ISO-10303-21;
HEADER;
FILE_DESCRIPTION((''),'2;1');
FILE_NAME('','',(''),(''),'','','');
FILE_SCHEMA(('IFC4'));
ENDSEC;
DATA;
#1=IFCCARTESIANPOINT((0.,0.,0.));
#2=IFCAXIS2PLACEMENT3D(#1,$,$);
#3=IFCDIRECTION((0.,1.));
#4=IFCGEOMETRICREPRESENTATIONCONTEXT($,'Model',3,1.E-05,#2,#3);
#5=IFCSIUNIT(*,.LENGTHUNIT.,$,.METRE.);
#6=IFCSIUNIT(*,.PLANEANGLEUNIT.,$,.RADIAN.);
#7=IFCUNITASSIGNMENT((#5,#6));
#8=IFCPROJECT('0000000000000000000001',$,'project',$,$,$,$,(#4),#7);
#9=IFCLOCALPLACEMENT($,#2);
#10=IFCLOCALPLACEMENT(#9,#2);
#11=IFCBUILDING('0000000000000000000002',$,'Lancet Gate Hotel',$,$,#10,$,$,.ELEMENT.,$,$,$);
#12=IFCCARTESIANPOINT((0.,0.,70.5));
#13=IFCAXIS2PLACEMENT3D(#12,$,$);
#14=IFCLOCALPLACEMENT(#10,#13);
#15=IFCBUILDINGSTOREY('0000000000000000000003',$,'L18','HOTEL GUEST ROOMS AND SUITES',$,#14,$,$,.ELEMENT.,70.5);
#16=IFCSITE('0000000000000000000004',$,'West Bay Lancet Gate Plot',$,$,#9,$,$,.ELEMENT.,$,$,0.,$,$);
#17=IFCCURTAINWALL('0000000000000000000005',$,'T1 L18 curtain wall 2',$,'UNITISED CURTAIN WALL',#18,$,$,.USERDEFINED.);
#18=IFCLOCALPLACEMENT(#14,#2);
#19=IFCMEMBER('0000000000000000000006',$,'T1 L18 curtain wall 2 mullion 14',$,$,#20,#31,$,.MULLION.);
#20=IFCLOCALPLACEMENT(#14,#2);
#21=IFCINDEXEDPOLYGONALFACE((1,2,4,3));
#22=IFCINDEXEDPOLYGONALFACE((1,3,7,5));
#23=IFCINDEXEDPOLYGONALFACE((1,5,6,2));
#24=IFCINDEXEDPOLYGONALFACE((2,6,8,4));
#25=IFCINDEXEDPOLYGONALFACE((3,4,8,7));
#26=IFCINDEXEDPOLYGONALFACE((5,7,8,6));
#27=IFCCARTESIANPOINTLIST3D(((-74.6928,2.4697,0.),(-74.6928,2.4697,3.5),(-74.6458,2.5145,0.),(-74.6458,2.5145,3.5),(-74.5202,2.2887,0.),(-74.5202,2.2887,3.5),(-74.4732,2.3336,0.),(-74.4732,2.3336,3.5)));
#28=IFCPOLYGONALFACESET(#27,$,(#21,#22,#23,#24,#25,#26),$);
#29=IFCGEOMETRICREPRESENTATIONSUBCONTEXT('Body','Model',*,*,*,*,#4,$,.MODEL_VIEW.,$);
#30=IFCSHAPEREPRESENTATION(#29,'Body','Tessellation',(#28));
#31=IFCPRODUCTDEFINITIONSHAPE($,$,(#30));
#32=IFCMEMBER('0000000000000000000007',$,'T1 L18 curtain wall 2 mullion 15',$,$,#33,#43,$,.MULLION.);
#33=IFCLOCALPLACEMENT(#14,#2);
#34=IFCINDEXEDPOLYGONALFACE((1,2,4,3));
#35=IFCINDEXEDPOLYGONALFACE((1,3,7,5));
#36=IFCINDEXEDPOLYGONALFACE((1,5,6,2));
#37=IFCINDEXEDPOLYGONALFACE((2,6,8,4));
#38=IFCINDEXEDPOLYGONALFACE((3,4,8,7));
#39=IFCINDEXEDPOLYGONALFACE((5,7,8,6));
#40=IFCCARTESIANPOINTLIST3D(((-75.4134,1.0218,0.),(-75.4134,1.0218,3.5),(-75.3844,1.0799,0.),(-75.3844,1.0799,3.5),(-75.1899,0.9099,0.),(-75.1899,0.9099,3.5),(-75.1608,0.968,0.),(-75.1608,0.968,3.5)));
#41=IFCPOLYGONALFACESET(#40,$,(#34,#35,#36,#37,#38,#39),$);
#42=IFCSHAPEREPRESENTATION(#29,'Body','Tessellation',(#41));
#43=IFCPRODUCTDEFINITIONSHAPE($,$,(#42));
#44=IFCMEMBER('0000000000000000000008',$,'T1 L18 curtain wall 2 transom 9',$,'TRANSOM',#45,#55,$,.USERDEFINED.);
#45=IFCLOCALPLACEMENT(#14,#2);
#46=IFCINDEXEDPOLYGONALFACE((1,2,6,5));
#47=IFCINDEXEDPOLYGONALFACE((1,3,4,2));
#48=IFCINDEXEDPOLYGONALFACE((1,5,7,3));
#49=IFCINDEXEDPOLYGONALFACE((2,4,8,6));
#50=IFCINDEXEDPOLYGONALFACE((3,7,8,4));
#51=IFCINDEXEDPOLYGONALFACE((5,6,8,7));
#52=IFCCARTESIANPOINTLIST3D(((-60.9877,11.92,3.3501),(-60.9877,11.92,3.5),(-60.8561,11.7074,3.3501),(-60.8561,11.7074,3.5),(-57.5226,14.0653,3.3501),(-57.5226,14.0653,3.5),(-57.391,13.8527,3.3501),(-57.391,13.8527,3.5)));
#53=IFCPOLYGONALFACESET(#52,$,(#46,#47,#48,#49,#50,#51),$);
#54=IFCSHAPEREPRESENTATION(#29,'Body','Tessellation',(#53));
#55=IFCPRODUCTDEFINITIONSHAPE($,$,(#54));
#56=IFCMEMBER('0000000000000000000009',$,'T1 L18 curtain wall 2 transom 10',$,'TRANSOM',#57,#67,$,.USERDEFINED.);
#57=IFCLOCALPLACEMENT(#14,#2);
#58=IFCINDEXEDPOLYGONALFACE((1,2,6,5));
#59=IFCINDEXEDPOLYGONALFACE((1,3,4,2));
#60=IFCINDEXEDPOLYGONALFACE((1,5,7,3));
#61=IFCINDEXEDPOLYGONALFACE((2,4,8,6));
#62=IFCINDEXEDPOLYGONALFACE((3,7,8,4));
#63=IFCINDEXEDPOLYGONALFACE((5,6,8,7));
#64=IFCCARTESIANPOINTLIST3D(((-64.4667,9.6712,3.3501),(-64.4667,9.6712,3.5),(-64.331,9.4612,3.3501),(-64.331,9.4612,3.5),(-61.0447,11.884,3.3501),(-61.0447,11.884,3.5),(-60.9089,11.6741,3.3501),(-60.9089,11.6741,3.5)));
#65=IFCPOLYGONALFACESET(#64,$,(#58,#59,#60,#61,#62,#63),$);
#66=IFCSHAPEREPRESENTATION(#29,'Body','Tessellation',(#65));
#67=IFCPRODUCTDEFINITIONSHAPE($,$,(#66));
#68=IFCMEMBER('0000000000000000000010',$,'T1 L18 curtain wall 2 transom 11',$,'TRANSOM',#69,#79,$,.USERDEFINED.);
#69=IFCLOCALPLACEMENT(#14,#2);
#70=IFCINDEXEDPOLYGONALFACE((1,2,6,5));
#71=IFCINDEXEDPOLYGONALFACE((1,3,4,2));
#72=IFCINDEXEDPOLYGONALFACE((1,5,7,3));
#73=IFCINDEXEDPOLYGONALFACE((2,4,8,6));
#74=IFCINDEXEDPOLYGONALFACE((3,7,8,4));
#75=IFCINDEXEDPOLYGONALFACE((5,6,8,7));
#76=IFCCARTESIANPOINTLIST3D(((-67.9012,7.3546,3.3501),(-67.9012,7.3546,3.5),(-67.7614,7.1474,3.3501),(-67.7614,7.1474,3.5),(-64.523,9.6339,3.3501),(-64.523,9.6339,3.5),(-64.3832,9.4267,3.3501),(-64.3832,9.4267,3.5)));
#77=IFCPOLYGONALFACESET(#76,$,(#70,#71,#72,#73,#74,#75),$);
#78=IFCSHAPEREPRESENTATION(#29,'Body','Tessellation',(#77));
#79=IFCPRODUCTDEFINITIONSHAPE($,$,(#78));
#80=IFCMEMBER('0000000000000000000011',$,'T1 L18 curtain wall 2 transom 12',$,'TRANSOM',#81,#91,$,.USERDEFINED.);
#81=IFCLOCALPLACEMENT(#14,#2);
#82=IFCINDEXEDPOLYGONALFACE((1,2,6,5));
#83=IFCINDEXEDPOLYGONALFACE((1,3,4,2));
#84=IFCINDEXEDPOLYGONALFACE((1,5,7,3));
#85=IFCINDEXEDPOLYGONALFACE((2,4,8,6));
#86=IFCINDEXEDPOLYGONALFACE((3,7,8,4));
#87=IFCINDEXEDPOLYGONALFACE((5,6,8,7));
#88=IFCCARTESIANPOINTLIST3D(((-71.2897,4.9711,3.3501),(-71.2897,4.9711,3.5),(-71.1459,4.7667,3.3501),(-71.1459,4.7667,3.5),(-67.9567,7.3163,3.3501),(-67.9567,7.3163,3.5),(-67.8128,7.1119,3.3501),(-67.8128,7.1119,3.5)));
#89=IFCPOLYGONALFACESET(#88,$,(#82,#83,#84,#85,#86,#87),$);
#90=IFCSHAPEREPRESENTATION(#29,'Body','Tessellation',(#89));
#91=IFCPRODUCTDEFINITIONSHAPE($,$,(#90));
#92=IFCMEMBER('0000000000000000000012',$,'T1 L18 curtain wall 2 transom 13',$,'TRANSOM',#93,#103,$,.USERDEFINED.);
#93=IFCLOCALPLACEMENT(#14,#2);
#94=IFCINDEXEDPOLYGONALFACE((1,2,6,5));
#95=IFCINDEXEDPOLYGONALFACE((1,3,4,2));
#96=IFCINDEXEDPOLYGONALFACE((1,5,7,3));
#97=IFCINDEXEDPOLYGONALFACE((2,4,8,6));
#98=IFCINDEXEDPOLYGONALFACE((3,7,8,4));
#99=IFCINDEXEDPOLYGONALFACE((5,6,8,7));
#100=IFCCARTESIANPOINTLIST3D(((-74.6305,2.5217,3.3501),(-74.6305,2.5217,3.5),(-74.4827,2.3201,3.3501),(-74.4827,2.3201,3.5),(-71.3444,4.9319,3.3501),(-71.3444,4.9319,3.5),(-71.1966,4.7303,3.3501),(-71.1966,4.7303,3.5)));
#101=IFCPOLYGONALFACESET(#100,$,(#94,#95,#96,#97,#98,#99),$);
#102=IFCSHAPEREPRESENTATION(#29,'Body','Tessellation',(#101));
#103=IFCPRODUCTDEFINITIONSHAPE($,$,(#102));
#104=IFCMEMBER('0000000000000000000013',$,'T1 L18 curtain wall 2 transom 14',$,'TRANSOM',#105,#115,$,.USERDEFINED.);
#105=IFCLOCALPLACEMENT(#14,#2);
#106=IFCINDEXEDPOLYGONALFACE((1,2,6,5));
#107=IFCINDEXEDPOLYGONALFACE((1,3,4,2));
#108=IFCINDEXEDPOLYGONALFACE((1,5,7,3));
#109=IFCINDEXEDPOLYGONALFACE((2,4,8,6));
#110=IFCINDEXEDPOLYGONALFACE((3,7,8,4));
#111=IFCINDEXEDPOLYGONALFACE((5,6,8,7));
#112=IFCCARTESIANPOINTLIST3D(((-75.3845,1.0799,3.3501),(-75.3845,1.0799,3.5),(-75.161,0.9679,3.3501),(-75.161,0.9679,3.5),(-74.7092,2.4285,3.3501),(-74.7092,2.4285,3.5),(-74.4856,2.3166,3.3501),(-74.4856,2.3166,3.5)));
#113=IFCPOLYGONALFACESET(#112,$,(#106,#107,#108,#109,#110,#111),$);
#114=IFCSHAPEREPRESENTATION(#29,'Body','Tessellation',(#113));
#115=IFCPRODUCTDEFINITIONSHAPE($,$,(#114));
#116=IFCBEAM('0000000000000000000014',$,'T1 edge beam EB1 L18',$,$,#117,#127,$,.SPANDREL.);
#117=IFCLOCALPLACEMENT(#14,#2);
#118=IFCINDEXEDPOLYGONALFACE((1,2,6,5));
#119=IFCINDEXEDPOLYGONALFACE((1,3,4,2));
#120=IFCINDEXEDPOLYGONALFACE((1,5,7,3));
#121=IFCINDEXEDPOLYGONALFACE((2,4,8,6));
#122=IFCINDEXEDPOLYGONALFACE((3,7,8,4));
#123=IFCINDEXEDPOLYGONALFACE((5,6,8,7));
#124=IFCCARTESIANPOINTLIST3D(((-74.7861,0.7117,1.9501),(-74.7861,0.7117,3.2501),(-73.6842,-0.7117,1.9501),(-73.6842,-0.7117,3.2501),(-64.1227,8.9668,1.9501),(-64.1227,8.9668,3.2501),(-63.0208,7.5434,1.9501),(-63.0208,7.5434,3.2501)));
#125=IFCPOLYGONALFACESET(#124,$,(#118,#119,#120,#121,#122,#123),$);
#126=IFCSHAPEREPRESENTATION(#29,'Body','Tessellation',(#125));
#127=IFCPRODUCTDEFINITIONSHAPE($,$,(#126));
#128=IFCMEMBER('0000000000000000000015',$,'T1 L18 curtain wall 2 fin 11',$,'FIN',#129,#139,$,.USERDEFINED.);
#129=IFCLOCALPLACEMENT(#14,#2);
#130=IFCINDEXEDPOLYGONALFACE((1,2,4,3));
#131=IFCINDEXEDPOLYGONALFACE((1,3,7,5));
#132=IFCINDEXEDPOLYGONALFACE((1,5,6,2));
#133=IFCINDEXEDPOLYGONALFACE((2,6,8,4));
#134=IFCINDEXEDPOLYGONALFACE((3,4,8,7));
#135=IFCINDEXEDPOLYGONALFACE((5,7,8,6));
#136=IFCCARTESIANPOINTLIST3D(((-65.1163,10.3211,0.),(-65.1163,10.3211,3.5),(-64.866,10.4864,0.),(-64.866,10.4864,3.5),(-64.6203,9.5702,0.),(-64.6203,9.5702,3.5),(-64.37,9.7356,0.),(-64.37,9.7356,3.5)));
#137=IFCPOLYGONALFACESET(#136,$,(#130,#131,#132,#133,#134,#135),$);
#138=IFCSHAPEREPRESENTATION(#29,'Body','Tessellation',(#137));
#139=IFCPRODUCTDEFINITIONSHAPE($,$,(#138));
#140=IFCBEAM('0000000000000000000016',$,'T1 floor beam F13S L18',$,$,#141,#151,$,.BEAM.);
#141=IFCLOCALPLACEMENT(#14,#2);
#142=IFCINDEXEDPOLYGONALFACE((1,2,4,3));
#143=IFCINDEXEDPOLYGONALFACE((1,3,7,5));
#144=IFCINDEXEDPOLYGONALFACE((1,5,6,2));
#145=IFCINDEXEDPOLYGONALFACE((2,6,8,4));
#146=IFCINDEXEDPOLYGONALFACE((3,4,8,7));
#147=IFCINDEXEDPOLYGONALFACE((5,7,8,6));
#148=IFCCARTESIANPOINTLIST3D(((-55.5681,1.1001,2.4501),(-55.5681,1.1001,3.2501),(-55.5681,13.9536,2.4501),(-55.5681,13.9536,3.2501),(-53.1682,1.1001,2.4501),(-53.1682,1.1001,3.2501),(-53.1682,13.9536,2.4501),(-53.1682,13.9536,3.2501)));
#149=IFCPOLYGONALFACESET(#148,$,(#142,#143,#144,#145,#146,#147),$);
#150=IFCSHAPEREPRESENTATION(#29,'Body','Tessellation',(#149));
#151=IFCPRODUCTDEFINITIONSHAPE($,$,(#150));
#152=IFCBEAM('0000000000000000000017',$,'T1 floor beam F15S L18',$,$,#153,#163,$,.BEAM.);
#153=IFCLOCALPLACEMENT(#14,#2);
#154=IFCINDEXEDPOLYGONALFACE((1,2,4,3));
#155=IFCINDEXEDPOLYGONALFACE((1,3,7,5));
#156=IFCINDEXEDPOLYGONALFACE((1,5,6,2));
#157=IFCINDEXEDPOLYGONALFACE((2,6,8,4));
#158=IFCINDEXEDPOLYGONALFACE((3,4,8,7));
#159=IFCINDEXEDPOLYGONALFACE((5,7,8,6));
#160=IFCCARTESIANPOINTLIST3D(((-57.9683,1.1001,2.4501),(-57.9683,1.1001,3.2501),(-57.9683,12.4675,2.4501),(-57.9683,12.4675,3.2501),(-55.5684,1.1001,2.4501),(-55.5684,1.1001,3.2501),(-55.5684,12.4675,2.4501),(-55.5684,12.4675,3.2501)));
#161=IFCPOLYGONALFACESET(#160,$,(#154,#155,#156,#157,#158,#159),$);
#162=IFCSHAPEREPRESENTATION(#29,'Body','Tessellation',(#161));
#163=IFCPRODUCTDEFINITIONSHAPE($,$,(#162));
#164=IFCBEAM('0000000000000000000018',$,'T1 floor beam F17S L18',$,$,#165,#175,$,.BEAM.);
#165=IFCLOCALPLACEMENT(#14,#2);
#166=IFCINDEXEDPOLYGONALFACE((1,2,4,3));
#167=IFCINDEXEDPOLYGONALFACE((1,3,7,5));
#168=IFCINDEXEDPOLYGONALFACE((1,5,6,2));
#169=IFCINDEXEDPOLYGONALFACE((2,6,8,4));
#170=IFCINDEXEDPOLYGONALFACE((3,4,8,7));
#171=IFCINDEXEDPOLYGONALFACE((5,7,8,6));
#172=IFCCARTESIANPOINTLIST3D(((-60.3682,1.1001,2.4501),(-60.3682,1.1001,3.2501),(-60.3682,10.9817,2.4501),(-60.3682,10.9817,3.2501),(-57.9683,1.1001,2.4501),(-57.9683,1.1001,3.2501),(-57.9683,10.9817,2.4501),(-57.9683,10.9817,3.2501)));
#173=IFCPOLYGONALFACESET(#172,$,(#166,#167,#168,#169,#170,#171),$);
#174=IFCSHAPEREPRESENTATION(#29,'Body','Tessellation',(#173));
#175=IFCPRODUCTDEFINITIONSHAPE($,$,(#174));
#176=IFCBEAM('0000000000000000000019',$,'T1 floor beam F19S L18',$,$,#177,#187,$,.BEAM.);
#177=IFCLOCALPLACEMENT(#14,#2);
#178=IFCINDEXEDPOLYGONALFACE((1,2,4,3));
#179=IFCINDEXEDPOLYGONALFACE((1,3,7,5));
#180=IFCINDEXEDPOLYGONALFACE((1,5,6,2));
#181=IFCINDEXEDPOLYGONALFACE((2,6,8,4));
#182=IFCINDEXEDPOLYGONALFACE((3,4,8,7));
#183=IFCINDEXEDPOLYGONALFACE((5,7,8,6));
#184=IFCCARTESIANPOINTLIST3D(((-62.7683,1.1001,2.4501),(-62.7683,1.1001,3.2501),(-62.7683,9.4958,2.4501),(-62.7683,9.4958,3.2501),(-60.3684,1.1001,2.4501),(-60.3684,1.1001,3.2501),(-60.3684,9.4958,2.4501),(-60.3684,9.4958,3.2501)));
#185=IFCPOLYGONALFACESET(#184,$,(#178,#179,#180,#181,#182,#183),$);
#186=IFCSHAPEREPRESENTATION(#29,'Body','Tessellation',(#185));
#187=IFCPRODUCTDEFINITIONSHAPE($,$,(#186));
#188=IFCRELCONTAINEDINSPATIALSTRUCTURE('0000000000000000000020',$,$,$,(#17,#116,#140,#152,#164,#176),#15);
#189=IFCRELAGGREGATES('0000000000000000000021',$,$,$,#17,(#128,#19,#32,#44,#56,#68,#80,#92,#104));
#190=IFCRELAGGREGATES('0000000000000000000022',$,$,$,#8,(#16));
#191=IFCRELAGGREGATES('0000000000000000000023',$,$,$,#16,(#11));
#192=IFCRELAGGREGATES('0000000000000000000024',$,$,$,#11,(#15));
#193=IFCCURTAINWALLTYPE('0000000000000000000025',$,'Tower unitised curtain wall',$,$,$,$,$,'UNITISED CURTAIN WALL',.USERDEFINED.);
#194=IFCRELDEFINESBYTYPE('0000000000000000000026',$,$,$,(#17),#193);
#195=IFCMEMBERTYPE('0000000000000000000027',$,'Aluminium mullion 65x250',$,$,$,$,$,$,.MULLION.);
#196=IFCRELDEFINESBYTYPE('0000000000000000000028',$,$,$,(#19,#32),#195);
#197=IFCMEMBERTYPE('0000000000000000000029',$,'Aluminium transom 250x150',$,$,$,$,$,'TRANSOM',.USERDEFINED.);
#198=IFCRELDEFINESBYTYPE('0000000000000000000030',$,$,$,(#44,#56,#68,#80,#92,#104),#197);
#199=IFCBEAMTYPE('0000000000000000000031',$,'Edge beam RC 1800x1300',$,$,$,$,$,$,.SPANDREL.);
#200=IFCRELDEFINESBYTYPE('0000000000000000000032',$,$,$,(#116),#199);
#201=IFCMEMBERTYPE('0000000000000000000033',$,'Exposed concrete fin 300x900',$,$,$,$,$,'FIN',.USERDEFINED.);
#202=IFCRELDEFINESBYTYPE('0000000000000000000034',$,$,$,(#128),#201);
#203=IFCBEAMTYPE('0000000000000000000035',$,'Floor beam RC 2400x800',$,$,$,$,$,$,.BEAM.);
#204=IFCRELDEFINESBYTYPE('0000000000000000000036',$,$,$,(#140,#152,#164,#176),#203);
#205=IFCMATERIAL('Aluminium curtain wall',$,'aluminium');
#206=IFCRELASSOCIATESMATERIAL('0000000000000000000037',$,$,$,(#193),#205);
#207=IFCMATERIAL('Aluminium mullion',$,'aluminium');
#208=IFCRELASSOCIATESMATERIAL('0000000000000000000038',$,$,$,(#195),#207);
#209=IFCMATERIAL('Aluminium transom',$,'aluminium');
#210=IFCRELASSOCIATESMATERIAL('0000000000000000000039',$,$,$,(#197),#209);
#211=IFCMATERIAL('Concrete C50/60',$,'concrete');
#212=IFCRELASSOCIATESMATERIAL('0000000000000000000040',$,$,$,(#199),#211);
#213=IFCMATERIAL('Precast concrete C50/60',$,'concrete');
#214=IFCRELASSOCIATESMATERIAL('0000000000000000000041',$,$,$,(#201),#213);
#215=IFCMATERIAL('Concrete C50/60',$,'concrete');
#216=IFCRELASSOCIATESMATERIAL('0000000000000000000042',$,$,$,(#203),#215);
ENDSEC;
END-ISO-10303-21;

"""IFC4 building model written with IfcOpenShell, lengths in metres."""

from ifc_helpers import new_model, si_unit, direction, frame, origin, origin_2d, place, context, subcontext, project, spatial, rectangle, extrude, material, material_profile, profile_set, type_object, element, aggregate, save


model = new_model("IFC4")

# Units and contexts
model_context = context("Model", 3, precision=1e-05, world=origin(), true_north=direction((0.0, 1.0)))
body_context = subcontext(model_context, "Body", "Model", "MODEL_VIEW")
ifc_project = project(units=[si_unit("LENGTHUNIT", "METRE"), si_unit("PLANEANGLEUNIT", "RADIAN")], contexts=[model_context])

# Site, building, storey
site_placement = place(None, origin())
site = spatial("IfcSite", under=ifc_project, at=site_placement, Name="West Bay Lancet Gate Plot", CompositionType="ELEMENT", RefElevation=0.0)
building_placement = place(site_placement, origin())
building = spatial("IfcBuilding", under=site, at=building_placement, Name="Lancet Gate Hotel", CompositionType="ELEMENT")
storey_placement = place(building_placement, frame((0.0, 0.0, 70.5)))
storey = spatial("IfcBuildingStorey", under=building, at=storey_placement, Name="L18", Description="HOTEL GUEST ROOMS AND SUITES", CompositionType="ELEMENT", Elevation=70.5)

# Curtain wall, members
ifc_material_1 = material(Name="Aluminium curtain wall", Category="aluminium")
curtain_wall_type = type_object("IfcCurtainWallType", Name="Tower unitised curtain wall", ElementType="UNITISED CURTAIN WALL", PredefinedType="USERDEFINED", material=ifc_material_1)
curtain_wall_placement = place(storey_placement, origin())
curtain_wall = element("IfcCurtainWall", 1, at=curtain_wall_placement, inside=storey, type_object=curtain_wall_type, Name="T1 L18 curtain wall 2", ObjectType="UNITISED CURTAIN WALL", PredefinedType="USERDEFINED")
ifc_material_2 = material(Name="Aluminium mullion", Category="aluminium")
ifc_material_profile_1 = material_profile(ifc_material_2, rectangle(XDim=0.0649, YDim=0.25, at=origin_2d()), Name="MULLION 65x250")
ifc_profile_set_1 = profile_set([ifc_material_profile_1], Name="Aluminium mullion")
member_type_1 = type_object("IfcMemberType", Name="Aluminium mullion 65x250", PredefinedType="MULLION", material=ifc_profile_set_1)
member_1_placement = place(storey_placement, frame((-74.583, 2.4016, 0.0), z_axis=(0.0, 0.0, 1.0), x_axis=(-0.723696, -0.690119, 0.0)))
member_1 = element("IfcMember", 2, at=member_1_placement, type_object=member_type_1, Name="T1 L18 curtain wall 2 mullion 14", PredefinedType="MULLION", context=body_context, shape_type="SweptSolid", body=[
    extrude(rectangle(XDim=0.0649, YDim=0.25, at=origin_2d()), origin(), (0.0, 0.0, 1.0), 3.5),
])
member_2_placement = place(storey_placement, frame((-75.2871, 0.9949, 0.0), z_axis=(0.0, 0.0, 1.0), x_axis=(-0.447628, -0.89422, 0.0)))
member_2 = element("IfcMember", 3, at=member_2_placement, type_object=member_type_1, Name="T1 L18 curtain wall 2 mullion 15", PredefinedType="MULLION", context=body_context, shape_type="SweptSolid", body=[
    extrude(rectangle(XDim=0.0649, YDim=0.25, at=origin_2d()), origin(), (0.0, 0.0, 1.0), 3.5),
])
ifc_material_3 = material(Name="Aluminium transom", Category="aluminium")
ifc_material_profile_2 = material_profile(ifc_material_3, rectangle(XDim=0.25, YDim=0.1499, at=origin_2d()), Name="TRANSOM 250x150")
ifc_profile_set_2 = profile_set([ifc_material_profile_2], Name="Aluminium transom")
member_type_2 = type_object("IfcMemberType", Name="Aluminium transom 250x150", ElementType="TRANSOM", PredefinedType="USERDEFINED", material=ifc_profile_set_2)
member_3_placement = place(storey_placement, frame((-57.4568, 13.959, 3.425), z_axis=(-0.850242, -0.526392, 0.0), x_axis=(0.526392, -0.850242, 0.0)))
member_3 = element("IfcMember", 4, at=member_3_placement, type_object=member_type_2, Name="T1 L18 curtain wall 2 transom 9", ObjectType="TRANSOM", PredefinedType="USERDEFINED", context=body_context, shape_type="SweptSolid", body=[
    extrude(rectangle(XDim=0.25, YDim=0.1499, at=origin_2d()), origin(), (0.0, 0.0, 1.0), 4.0754),
])
member_4_placement = place(storey_placement, frame((-60.9768, 11.7791, 3.425), z_axis=(-0.839729, -0.543005, 0.0), x_axis=(0.543005, -0.839729, 0.0)))
member_4 = element("IfcMember", 5, at=member_4_placement, type_object=member_type_2, Name="T1 L18 curtain wall 2 transom 10", ObjectType="TRANSOM", PredefinedType="USERDEFINED", context=body_context, shape_type="SweptSolid", body=[
    extrude(rectangle(XDim=0.25, YDim=0.1499, at=origin_2d()), origin(), (0.0, 0.0, 1.0), 4.0752),
])
member_5_placement = place(storey_placement, frame((-64.4531, 9.5303, 3.425), z_axis=(-0.828959, -0.559309, 0.0), x_axis=(0.559309, -0.828959, 0.0)))
member_5 = element("IfcMember", 6, at=member_5_placement, type_object=member_type_2, Name="T1 L18 curtain wall 2 transom 11", ObjectType="TRANSOM", PredefinedType="USERDEFINED", context=body_context, shape_type="SweptSolid", body=[
    extrude(rectangle(XDim=0.25, YDim=0.1499, at=origin_2d()), origin(), (0.0, 0.0, 1.0), 4.0752),
])
member_6_placement = place(storey_placement, frame((-67.8848, 7.2141, 3.425), z_axis=(-0.817834, -0.575455, 0.0), x_axis=(0.575455, -0.817834, 0.0)))
member_6 = element("IfcMember", 7, at=member_6_placement, type_object=member_type_2, Name="T1 L18 curtain wall 2 transom 12", ObjectType="TRANSOM", PredefinedType="USERDEFINED", context=body_context, shape_type="SweptSolid", body=[
    extrude(rectangle(XDim=0.25, YDim=0.1499, at=origin_2d()), origin(), (0.0, 0.0, 1.0), 4.0754),
])
member_7_placement = place(storey_placement, frame((-71.2705, 4.8311, 3.425), z_axis=(-0.806367, -0.591416, 0.0), x_axis=(0.591416, -0.806367, 0.0)))
member_7 = element("IfcMember", 8, at=member_7_placement, type_object=member_type_2, Name="T1 L18 curtain wall 2 transom 13", ObjectType="TRANSOM", PredefinedType="USERDEFINED", context=body_context, shape_type="SweptSolid", body=[
    extrude(rectangle(XDim=0.25, YDim=0.1499, at=origin_2d()), origin(), (0.0, 0.0, 1.0), 4.0752),
])
member_8_placement = place(storey_placement, frame((-74.5974, 2.3726, 3.425), z_axis=(-0.447732, -0.894168, 0.0), x_axis=(0.894168, -0.447732, 0.0)))
member_8 = element("IfcMember", 9, at=member_8_placement, type_object=member_type_2, Name="T1 L18 curtain wall 2 transom 14", ObjectType="TRANSOM", PredefinedType="USERDEFINED", context=body_context, shape_type="SweptSolid", body=[
    extrude(rectangle(XDim=0.25, YDim=0.1499, at=origin_2d()), origin(), (0.0, 0.0, 1.0), 1.5083),
])

# Beam
ifc_material_4 = material(Name="Concrete C50/60", Category="concrete")
ifc_material_profile_3 = material_profile(ifc_material_4, rectangle(XDim=1.8, YDim=1.3, at=origin_2d()), Name="RC 1800x1300")
ifc_profile_set_3 = profile_set([ifc_material_profile_3], Name="Concrete C50/60")
beam_type_1 = type_object("IfcBeamType", Name="Edge beam RC 1800x1300", PredefinedType="SPANDREL", material=ifc_profile_set_3)
beam_1_placement = place(storey_placement, frame((-63.5718, 8.2551, 2.6001), z_axis=(-0.790736, -0.612157, 0.0), x_axis=(0.612157, -0.790736, 0.0)))
element("IfcBeam", 10, at=beam_1_placement, inside=storey, type_object=beam_type_1, Name="T1 edge beam EB1 L18", PredefinedType="SPANDREL", context=body_context, shape_type="SweptSolid", body=[
    extrude(rectangle(XDim=1.8, YDim=1.3, at=origin_2d()), origin(), (0.0, 0.0, 1.0), 13.4854),
])

# Member
ifc_material_5 = material(Name="Precast concrete C50/60", Category="concrete")
ifc_material_profile_4 = material_profile(ifc_material_5, rectangle(XDim=0.3, YDim=0.8999, at=origin_2d()), Name="FIN 300x900")
ifc_profile_set_4 = profile_set([ifc_material_profile_4], Name="Precast concrete C50/60")
member_type_3 = type_object("IfcMemberType", Name="Exposed concrete fin 300x900", ElementType="FIN", PredefinedType="USERDEFINED", material=ifc_profile_set_4)
member_9_placement = place(storey_placement, frame((-64.7432, 10.0283, 0.0), z_axis=(0.0, 0.0, 1.0), x_axis=(-0.834387, -0.551178, 0.0)))
member_9 = element("IfcMember", 11, at=member_9_placement, type_object=member_type_3, Name="T1 L18 curtain wall 2 fin 11", ObjectType="FIN", PredefinedType="USERDEFINED", context=body_context, shape_type="SweptSolid", body=[
    extrude(rectangle(XDim=0.3, YDim=0.8999, at=origin_2d()), origin(), (0.0, 0.0, 1.0), 3.5),
])

# Beams
ifc_material_6 = material(Name="Concrete C50/60", Category="concrete")
ifc_material_profile_5 = material_profile(ifc_material_6, rectangle(XDim=2.3999, YDim=0.8, at=origin_2d()), Name="RC 2400x800")
ifc_profile_set_5 = profile_set([ifc_material_profile_5], Name="Concrete C50/60")
beam_type_2 = type_object("IfcBeamType", Name="Floor beam RC 2400x800", PredefinedType="BEAM", material=ifc_profile_set_5)
beam_2_placement = place(storey_placement, frame((-54.3682, 13.9536, 2.8501), z_axis=(0.0, -1.0, 0.0), x_axis=(1.0, 0.0, 0.0)))
element("IfcBeam", 12, at=beam_2_placement, inside=storey, type_object=beam_type_2, Name="T1 floor beam F13S L18", PredefinedType="BEAM", context=body_context, shape_type="SweptSolid", body=[
    extrude(rectangle(XDim=2.3999, YDim=0.8, at=origin_2d()), origin(), (0.0, 0.0, 1.0), 12.8535),
])
beam_3_placement = place(storey_placement, frame((-56.7683, 12.4675, 2.8501), z_axis=(0.0, -1.0, 0.0), x_axis=(1.0, 0.0, 0.0)))
element("IfcBeam", 13, at=beam_3_placement, inside=storey, type_object=beam_type_2, Name="T1 floor beam F15S L18", PredefinedType="BEAM", context=body_context, shape_type="SweptSolid", body=[
    extrude(rectangle(XDim=2.3999, YDim=0.8, at=origin_2d()), origin(), (0.0, 0.0, 1.0), 11.3674),
])
beam_4_placement = place(storey_placement, frame((-59.1682, 10.9817, 2.8501), z_axis=(0.0, -1.0, 0.0), x_axis=(1.0, 0.0, 0.0)))
element("IfcBeam", 14, at=beam_4_placement, inside=storey, type_object=beam_type_2, Name="T1 floor beam F17S L18", PredefinedType="BEAM", context=body_context, shape_type="SweptSolid", body=[
    extrude(rectangle(XDim=2.3999, YDim=0.8, at=origin_2d()), origin(), (0.0, 0.0, 1.0), 9.8816),
])
beam_5_placement = place(storey_placement, frame((-61.5684, 9.4958, 2.8501), z_axis=(0.0, -1.0, 0.0), x_axis=(1.0, 0.0, 0.0)))
element("IfcBeam", 15, at=beam_5_placement, inside=storey, type_object=beam_type_2, Name="T1 floor beam F19S L18", PredefinedType="BEAM", context=body_context, shape_type="SweptSolid", body=[
    extrude(rectangle(XDim=2.3999, YDim=0.8, at=origin_2d()), origin(), (0.0, 0.0, 1.0), 8.3958),
])

aggregate(curtain_wall, [member_9, member_1, member_2, member_3, member_4, member_5, member_6, member_7, member_8])

save(model, "model.ifc")
